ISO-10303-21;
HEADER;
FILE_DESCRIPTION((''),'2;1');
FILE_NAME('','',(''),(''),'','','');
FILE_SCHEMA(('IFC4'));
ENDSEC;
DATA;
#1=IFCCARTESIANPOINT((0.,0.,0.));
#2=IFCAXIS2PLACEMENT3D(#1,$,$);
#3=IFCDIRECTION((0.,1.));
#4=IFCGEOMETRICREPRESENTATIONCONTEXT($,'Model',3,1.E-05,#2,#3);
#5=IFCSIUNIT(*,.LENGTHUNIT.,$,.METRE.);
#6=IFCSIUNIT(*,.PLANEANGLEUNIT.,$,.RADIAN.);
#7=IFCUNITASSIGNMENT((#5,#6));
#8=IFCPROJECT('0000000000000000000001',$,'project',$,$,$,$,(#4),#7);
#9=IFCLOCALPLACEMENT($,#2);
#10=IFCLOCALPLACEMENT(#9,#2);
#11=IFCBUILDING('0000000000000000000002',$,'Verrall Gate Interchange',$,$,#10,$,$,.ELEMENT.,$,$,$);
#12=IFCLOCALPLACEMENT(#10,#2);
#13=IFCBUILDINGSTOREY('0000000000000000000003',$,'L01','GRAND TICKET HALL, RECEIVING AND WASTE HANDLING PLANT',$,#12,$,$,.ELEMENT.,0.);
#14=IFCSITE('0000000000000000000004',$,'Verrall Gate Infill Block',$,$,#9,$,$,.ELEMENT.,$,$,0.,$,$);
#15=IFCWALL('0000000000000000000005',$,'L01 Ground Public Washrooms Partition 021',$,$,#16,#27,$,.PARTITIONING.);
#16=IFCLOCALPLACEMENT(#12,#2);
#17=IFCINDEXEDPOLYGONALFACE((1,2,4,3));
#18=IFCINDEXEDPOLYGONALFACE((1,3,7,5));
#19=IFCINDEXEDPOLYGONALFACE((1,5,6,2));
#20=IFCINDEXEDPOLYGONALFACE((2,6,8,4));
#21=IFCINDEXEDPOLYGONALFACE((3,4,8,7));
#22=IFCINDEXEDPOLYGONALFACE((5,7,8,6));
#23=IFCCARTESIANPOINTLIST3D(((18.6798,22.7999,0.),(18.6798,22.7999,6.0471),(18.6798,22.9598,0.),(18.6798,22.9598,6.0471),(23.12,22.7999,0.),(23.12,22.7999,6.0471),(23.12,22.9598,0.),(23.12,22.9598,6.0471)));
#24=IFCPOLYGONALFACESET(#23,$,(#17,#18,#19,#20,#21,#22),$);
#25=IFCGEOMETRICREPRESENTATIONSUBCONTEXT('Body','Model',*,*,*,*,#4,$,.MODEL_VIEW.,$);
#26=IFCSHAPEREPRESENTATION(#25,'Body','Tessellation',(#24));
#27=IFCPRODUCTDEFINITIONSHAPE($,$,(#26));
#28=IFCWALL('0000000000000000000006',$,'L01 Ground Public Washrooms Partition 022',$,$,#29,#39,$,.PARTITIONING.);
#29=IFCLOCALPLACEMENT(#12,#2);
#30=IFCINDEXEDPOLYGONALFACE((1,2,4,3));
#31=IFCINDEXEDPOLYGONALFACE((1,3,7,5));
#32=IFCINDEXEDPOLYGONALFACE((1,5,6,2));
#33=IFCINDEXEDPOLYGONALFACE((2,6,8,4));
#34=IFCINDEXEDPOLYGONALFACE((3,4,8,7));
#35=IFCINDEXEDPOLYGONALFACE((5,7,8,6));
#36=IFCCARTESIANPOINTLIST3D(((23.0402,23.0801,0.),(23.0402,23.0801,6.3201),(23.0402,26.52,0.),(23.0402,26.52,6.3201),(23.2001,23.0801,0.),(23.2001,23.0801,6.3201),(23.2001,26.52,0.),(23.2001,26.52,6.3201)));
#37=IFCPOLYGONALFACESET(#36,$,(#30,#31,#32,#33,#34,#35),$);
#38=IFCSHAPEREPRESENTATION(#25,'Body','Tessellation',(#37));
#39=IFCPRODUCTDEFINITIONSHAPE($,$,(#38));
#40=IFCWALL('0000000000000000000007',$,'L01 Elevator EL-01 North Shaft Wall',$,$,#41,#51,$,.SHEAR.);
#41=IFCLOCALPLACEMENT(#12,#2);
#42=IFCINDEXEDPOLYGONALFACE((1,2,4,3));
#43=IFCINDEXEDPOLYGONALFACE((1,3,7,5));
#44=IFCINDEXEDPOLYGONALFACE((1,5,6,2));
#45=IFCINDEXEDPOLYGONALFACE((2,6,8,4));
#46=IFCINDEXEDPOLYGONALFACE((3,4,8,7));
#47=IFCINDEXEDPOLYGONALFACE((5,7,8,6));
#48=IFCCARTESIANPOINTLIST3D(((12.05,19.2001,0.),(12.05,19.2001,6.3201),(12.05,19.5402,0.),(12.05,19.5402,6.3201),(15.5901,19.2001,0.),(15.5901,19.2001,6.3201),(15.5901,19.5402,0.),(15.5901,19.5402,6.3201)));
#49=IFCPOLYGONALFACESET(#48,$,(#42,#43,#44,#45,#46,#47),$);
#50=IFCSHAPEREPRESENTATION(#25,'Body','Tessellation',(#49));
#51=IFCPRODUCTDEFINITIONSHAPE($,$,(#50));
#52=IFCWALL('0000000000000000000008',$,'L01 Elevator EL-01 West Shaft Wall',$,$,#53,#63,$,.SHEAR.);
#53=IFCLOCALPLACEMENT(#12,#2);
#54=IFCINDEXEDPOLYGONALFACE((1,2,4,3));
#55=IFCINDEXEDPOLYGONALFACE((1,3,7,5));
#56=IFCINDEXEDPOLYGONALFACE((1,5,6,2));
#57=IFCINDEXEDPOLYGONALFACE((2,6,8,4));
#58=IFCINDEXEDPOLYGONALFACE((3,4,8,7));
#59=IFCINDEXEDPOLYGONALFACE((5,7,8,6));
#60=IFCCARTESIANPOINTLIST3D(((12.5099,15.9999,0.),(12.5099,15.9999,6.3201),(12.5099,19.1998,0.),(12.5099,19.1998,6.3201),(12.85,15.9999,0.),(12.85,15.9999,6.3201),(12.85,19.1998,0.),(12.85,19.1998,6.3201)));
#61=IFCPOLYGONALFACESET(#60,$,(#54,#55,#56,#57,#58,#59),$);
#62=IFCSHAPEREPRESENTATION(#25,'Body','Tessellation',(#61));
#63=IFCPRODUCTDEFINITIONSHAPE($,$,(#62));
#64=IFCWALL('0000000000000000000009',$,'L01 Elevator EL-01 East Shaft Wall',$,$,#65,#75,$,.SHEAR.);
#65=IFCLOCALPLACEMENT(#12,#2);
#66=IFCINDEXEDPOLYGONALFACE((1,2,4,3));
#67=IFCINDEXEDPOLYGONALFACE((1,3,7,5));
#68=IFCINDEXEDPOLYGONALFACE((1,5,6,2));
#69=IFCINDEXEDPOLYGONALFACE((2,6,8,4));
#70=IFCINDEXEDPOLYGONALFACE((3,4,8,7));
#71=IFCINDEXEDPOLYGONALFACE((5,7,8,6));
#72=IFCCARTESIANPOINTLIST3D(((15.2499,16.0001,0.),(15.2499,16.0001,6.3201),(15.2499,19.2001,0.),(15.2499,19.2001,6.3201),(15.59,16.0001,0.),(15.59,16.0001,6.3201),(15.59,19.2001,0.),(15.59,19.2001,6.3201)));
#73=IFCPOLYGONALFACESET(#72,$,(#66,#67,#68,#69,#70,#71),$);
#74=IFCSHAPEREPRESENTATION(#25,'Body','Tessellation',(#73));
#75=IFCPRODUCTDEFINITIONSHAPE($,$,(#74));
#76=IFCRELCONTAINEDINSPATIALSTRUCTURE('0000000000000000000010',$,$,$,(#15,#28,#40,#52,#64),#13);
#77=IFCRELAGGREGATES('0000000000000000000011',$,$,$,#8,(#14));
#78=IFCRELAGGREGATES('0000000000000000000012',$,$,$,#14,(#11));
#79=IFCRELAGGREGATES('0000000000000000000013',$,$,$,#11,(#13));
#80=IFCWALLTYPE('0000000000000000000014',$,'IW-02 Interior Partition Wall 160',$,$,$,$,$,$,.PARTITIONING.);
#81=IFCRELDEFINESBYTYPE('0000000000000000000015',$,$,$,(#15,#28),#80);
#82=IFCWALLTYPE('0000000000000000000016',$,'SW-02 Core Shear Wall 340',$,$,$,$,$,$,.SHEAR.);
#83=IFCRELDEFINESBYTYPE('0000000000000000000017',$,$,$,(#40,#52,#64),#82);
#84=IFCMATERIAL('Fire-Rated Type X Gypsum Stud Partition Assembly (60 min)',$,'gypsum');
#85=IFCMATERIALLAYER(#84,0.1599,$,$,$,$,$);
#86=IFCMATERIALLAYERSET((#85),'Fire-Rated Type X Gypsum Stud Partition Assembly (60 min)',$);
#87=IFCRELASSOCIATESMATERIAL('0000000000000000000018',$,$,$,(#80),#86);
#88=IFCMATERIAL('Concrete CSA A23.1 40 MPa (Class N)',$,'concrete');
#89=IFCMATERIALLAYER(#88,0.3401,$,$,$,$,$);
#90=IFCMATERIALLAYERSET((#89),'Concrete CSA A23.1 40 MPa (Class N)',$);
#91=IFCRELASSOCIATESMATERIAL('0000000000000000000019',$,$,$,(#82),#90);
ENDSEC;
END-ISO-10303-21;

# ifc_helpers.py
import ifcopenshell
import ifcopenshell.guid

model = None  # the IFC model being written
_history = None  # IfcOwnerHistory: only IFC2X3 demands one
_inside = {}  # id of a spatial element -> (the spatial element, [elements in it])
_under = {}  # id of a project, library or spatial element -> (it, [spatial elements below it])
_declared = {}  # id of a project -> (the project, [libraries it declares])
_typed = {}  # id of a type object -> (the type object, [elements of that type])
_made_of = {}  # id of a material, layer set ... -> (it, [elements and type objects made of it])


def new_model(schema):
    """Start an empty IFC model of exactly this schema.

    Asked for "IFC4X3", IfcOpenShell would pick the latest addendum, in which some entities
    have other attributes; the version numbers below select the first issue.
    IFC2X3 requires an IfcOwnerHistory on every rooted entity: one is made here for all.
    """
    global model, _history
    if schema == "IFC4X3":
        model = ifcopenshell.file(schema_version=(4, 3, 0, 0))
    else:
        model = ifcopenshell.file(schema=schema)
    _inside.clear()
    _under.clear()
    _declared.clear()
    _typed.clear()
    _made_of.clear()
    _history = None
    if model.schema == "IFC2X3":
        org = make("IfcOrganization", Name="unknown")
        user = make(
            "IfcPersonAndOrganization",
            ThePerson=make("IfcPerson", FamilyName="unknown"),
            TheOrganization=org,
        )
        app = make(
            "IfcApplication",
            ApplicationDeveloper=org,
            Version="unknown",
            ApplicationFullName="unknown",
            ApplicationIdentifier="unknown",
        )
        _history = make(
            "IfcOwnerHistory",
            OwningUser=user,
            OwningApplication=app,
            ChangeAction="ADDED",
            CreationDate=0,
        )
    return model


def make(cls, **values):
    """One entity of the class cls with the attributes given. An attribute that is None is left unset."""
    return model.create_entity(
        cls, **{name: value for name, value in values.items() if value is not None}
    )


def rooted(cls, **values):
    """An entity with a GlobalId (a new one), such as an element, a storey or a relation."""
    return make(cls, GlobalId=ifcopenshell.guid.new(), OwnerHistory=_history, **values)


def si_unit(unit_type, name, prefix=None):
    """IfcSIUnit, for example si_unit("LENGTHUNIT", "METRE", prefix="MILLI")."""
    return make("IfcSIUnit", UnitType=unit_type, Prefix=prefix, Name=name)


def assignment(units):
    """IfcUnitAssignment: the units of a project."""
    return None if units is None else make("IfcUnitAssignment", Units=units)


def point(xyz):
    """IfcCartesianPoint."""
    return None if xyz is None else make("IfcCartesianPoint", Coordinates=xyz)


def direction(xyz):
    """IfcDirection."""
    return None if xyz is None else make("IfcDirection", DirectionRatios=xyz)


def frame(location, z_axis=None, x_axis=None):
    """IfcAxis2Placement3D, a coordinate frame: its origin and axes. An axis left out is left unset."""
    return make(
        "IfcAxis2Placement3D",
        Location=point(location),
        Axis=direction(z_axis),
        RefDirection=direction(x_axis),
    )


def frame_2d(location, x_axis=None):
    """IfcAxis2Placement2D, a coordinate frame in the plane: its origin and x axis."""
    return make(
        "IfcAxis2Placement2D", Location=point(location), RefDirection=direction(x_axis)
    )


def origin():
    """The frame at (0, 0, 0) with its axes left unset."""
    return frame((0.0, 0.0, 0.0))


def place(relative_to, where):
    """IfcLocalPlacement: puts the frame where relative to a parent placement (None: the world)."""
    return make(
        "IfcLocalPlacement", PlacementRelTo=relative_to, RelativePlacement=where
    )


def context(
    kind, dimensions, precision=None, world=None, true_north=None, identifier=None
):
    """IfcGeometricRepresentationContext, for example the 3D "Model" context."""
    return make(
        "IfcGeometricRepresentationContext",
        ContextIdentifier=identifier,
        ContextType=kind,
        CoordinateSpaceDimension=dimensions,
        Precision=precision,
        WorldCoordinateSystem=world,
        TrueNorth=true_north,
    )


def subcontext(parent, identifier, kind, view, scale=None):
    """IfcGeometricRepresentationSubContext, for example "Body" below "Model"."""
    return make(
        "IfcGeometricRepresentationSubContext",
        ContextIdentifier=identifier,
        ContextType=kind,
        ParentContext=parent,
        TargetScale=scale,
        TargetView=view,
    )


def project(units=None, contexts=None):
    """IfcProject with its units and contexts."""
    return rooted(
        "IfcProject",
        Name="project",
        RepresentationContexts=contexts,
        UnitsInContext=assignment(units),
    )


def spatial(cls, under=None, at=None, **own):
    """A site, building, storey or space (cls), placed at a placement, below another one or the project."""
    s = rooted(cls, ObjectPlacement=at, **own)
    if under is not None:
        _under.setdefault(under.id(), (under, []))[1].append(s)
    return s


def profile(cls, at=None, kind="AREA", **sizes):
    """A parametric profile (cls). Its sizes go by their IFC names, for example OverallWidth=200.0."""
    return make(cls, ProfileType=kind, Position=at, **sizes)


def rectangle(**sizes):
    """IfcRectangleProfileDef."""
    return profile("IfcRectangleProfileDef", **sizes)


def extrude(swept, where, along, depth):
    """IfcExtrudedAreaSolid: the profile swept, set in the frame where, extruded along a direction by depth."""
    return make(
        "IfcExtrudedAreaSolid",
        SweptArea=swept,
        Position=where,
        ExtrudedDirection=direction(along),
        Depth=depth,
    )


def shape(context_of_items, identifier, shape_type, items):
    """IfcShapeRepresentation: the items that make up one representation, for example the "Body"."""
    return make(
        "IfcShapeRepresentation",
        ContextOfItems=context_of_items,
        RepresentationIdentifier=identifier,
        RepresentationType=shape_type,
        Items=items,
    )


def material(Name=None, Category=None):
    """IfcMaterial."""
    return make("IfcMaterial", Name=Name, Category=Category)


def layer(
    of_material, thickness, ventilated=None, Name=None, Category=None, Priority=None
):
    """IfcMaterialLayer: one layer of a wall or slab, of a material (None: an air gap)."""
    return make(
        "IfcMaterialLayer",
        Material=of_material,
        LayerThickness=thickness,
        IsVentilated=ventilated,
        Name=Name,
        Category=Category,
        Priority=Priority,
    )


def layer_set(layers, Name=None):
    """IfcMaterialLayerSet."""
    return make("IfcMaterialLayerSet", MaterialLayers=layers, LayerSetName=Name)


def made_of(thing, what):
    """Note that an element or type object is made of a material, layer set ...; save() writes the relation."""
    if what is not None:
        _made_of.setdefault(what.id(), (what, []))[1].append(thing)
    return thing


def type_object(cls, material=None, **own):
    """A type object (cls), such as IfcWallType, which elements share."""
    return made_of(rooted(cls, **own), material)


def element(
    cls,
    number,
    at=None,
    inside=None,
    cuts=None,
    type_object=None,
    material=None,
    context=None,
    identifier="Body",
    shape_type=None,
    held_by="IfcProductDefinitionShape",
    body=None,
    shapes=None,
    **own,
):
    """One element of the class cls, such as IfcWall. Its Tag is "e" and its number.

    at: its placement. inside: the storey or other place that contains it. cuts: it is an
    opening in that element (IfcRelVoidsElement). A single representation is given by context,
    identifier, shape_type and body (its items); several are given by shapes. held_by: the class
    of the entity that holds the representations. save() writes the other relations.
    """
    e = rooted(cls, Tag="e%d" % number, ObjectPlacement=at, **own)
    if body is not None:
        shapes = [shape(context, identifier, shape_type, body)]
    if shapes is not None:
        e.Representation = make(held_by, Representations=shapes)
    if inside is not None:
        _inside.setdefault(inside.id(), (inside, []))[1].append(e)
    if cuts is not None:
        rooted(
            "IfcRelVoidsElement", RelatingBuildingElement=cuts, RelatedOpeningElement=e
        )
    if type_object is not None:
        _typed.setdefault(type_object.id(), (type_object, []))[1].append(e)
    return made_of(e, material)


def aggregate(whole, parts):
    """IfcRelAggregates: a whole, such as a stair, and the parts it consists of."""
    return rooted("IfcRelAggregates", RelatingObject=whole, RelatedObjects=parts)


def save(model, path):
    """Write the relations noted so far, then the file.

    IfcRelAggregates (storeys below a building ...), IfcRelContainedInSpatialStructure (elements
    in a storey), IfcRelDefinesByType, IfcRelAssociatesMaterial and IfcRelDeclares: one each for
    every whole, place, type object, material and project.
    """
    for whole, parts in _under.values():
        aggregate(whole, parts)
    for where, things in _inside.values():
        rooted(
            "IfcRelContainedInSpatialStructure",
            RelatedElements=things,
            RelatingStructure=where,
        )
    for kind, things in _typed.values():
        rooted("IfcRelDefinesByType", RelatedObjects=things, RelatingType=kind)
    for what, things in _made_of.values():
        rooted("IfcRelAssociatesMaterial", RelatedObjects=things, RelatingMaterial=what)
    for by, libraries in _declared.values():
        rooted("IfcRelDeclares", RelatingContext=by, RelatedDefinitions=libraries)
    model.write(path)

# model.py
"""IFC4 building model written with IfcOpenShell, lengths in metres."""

from ifc_helpers import new_model, si_unit, direction, frame, frame_2d, origin, place, context, subcontext, project, spatial, rectangle, extrude, material, layer, layer_set, type_object, element, save


model = new_model("IFC4")

# Units and contexts
model_context = context("Model", 3, precision=1e-05, world=origin(), true_north=direction((0.0, 1.0)))
body_context = subcontext(model_context, "Body", "Model", "MODEL_VIEW")
ifc_project = project(units=[si_unit("LENGTHUNIT", "METRE"), si_unit("PLANEANGLEUNIT", "RADIAN")], contexts=[model_context])

# Site, building, storey
site_placement = place(None, origin())
site = spatial("IfcSite", under=ifc_project, at=site_placement, Name="Verrall Gate Infill Block", CompositionType="ELEMENT", RefElevation=0.0)
building_placement = place(site_placement, origin())
building = spatial("IfcBuilding", under=site, at=building_placement, Name="Verrall Gate Interchange", CompositionType="ELEMENT")
storey_placement = place(building_placement, origin())
storey = spatial("IfcBuildingStorey", under=building, at=storey_placement, Name="L01", Description="GRAND TICKET HALL, RECEIVING AND WASTE HANDLING PLANT", CompositionType="ELEMENT", Elevation=0.0)

# Shared definitions
ifc_material_1 = material(Name="Fire-Rated Type X Gypsum Stud Partition Assembly (60 min)", Category="gypsum")
ifc_layer_1 = layer(ifc_material_1, 0.1599)
ifc_layer_set_1 = layer_set([ifc_layer_1], Name="Fire-Rated Type X Gypsum Stud Partition Assembly (60 min)")
wall_type_1 = type_object("IfcWallType", Name="IW-02 Interior Partition Wall 160", PredefinedType="PARTITIONING", material=ifc_layer_set_1)

# Walls
for number, where, z_axis, x_axis, name in (
    (1, (23.1201, 22.8799, 0.0), (0.0, 0.0, 1.0), (-1.0, 0.0, 0.0), "L01 Ground Public Washrooms Partition 021"),
):
    element("IfcWall", number, at=place(storey_placement, frame(where, z_axis=z_axis, x_axis=x_axis)), inside=storey, type_object=wall_type_1, Name=name, PredefinedType="PARTITIONING", context=body_context, shape_type="SweptSolid", body=[
        extrude(rectangle(XDim=4.4402, YDim=0.1599, at=frame_2d((2.2202, 0.0))), origin(), (0.0, 0.0, 1.0), 6.0471),
    ])
wall_1_placement = place(storey_placement, frame((23.1201, 26.52, 0.0), z_axis=(0.0, 0.0, 1.0), x_axis=(0.0, -1.0, 0.0)))
element("IfcWall", 2, at=wall_1_placement, inside=storey, type_object=wall_type_1, Name="L01 Ground Public Washrooms Partition 022", PredefinedType="PARTITIONING", context=body_context, shape_type="SweptSolid", body=[
    extrude(rectangle(XDim=3.4399, YDim=0.1599, at=frame_2d((1.72, 0.0))), origin(), (0.0, 0.0, 1.0), 6.3201),
])
ifc_material_2 = material(Name="Concrete CSA A23.1 40 MPa (Class N)", Category="concrete")
ifc_layer_2 = layer(ifc_material_2, 0.3401)
ifc_layer_set_2 = layer_set([ifc_layer_2], Name="Concrete CSA A23.1 40 MPa (Class N)")
wall_type_2 = type_object("IfcWallType", Name="SW-02 Core Shear Wall 340", PredefinedType="SHEAR", material=ifc_layer_set_2)
wall_2_placement = place(storey_placement, frame((15.5901, 19.3701, 0.0), z_axis=(0.0, 0.0, 1.0), x_axis=(-1.0, 0.0, 0.0)))
element("IfcWall", 3, at=wall_2_placement, inside=storey, type_object=wall_type_2, Name="L01 Elevator EL-01 North Shaft Wall", PredefinedType="SHEAR", context=body_context, shape_type="SweptSolid", body=[
    extrude(rectangle(XDim=3.54, YDim=0.3401, at=frame_2d((1.77, 0.0))), origin(), (0.0, 0.0, 1.0), 6.3201),
])
for number, where, z_axis, x_axis, name in (
    (4, (12.6799, 19.2, 0.0), (0.0, 0.0, 1.0), (0.0, -1.0, 0.0), "L01 Elevator EL-01 West Shaft Wall"),
    (5, (15.4199, 16.0, 0.0), (0.0, 0.0, 1.0), (0.0, 1.0, 0.0), "L01 Elevator EL-01 East Shaft Wall"),
):
    element("IfcWall", number, at=place(storey_placement, frame(where, z_axis=z_axis, x_axis=x_axis)), inside=storey, type_object=wall_type_2, Name=name, PredefinedType="SHEAR", context=body_context, shape_type="SweptSolid", body=[
        extrude(rectangle(XDim=3.2, YDim=0.3401, at=frame_2d((1.6001, 0.0))), origin(), (0.0, 0.0, 1.0), 6.3201),
    ])

save(model, "model.ifc")
